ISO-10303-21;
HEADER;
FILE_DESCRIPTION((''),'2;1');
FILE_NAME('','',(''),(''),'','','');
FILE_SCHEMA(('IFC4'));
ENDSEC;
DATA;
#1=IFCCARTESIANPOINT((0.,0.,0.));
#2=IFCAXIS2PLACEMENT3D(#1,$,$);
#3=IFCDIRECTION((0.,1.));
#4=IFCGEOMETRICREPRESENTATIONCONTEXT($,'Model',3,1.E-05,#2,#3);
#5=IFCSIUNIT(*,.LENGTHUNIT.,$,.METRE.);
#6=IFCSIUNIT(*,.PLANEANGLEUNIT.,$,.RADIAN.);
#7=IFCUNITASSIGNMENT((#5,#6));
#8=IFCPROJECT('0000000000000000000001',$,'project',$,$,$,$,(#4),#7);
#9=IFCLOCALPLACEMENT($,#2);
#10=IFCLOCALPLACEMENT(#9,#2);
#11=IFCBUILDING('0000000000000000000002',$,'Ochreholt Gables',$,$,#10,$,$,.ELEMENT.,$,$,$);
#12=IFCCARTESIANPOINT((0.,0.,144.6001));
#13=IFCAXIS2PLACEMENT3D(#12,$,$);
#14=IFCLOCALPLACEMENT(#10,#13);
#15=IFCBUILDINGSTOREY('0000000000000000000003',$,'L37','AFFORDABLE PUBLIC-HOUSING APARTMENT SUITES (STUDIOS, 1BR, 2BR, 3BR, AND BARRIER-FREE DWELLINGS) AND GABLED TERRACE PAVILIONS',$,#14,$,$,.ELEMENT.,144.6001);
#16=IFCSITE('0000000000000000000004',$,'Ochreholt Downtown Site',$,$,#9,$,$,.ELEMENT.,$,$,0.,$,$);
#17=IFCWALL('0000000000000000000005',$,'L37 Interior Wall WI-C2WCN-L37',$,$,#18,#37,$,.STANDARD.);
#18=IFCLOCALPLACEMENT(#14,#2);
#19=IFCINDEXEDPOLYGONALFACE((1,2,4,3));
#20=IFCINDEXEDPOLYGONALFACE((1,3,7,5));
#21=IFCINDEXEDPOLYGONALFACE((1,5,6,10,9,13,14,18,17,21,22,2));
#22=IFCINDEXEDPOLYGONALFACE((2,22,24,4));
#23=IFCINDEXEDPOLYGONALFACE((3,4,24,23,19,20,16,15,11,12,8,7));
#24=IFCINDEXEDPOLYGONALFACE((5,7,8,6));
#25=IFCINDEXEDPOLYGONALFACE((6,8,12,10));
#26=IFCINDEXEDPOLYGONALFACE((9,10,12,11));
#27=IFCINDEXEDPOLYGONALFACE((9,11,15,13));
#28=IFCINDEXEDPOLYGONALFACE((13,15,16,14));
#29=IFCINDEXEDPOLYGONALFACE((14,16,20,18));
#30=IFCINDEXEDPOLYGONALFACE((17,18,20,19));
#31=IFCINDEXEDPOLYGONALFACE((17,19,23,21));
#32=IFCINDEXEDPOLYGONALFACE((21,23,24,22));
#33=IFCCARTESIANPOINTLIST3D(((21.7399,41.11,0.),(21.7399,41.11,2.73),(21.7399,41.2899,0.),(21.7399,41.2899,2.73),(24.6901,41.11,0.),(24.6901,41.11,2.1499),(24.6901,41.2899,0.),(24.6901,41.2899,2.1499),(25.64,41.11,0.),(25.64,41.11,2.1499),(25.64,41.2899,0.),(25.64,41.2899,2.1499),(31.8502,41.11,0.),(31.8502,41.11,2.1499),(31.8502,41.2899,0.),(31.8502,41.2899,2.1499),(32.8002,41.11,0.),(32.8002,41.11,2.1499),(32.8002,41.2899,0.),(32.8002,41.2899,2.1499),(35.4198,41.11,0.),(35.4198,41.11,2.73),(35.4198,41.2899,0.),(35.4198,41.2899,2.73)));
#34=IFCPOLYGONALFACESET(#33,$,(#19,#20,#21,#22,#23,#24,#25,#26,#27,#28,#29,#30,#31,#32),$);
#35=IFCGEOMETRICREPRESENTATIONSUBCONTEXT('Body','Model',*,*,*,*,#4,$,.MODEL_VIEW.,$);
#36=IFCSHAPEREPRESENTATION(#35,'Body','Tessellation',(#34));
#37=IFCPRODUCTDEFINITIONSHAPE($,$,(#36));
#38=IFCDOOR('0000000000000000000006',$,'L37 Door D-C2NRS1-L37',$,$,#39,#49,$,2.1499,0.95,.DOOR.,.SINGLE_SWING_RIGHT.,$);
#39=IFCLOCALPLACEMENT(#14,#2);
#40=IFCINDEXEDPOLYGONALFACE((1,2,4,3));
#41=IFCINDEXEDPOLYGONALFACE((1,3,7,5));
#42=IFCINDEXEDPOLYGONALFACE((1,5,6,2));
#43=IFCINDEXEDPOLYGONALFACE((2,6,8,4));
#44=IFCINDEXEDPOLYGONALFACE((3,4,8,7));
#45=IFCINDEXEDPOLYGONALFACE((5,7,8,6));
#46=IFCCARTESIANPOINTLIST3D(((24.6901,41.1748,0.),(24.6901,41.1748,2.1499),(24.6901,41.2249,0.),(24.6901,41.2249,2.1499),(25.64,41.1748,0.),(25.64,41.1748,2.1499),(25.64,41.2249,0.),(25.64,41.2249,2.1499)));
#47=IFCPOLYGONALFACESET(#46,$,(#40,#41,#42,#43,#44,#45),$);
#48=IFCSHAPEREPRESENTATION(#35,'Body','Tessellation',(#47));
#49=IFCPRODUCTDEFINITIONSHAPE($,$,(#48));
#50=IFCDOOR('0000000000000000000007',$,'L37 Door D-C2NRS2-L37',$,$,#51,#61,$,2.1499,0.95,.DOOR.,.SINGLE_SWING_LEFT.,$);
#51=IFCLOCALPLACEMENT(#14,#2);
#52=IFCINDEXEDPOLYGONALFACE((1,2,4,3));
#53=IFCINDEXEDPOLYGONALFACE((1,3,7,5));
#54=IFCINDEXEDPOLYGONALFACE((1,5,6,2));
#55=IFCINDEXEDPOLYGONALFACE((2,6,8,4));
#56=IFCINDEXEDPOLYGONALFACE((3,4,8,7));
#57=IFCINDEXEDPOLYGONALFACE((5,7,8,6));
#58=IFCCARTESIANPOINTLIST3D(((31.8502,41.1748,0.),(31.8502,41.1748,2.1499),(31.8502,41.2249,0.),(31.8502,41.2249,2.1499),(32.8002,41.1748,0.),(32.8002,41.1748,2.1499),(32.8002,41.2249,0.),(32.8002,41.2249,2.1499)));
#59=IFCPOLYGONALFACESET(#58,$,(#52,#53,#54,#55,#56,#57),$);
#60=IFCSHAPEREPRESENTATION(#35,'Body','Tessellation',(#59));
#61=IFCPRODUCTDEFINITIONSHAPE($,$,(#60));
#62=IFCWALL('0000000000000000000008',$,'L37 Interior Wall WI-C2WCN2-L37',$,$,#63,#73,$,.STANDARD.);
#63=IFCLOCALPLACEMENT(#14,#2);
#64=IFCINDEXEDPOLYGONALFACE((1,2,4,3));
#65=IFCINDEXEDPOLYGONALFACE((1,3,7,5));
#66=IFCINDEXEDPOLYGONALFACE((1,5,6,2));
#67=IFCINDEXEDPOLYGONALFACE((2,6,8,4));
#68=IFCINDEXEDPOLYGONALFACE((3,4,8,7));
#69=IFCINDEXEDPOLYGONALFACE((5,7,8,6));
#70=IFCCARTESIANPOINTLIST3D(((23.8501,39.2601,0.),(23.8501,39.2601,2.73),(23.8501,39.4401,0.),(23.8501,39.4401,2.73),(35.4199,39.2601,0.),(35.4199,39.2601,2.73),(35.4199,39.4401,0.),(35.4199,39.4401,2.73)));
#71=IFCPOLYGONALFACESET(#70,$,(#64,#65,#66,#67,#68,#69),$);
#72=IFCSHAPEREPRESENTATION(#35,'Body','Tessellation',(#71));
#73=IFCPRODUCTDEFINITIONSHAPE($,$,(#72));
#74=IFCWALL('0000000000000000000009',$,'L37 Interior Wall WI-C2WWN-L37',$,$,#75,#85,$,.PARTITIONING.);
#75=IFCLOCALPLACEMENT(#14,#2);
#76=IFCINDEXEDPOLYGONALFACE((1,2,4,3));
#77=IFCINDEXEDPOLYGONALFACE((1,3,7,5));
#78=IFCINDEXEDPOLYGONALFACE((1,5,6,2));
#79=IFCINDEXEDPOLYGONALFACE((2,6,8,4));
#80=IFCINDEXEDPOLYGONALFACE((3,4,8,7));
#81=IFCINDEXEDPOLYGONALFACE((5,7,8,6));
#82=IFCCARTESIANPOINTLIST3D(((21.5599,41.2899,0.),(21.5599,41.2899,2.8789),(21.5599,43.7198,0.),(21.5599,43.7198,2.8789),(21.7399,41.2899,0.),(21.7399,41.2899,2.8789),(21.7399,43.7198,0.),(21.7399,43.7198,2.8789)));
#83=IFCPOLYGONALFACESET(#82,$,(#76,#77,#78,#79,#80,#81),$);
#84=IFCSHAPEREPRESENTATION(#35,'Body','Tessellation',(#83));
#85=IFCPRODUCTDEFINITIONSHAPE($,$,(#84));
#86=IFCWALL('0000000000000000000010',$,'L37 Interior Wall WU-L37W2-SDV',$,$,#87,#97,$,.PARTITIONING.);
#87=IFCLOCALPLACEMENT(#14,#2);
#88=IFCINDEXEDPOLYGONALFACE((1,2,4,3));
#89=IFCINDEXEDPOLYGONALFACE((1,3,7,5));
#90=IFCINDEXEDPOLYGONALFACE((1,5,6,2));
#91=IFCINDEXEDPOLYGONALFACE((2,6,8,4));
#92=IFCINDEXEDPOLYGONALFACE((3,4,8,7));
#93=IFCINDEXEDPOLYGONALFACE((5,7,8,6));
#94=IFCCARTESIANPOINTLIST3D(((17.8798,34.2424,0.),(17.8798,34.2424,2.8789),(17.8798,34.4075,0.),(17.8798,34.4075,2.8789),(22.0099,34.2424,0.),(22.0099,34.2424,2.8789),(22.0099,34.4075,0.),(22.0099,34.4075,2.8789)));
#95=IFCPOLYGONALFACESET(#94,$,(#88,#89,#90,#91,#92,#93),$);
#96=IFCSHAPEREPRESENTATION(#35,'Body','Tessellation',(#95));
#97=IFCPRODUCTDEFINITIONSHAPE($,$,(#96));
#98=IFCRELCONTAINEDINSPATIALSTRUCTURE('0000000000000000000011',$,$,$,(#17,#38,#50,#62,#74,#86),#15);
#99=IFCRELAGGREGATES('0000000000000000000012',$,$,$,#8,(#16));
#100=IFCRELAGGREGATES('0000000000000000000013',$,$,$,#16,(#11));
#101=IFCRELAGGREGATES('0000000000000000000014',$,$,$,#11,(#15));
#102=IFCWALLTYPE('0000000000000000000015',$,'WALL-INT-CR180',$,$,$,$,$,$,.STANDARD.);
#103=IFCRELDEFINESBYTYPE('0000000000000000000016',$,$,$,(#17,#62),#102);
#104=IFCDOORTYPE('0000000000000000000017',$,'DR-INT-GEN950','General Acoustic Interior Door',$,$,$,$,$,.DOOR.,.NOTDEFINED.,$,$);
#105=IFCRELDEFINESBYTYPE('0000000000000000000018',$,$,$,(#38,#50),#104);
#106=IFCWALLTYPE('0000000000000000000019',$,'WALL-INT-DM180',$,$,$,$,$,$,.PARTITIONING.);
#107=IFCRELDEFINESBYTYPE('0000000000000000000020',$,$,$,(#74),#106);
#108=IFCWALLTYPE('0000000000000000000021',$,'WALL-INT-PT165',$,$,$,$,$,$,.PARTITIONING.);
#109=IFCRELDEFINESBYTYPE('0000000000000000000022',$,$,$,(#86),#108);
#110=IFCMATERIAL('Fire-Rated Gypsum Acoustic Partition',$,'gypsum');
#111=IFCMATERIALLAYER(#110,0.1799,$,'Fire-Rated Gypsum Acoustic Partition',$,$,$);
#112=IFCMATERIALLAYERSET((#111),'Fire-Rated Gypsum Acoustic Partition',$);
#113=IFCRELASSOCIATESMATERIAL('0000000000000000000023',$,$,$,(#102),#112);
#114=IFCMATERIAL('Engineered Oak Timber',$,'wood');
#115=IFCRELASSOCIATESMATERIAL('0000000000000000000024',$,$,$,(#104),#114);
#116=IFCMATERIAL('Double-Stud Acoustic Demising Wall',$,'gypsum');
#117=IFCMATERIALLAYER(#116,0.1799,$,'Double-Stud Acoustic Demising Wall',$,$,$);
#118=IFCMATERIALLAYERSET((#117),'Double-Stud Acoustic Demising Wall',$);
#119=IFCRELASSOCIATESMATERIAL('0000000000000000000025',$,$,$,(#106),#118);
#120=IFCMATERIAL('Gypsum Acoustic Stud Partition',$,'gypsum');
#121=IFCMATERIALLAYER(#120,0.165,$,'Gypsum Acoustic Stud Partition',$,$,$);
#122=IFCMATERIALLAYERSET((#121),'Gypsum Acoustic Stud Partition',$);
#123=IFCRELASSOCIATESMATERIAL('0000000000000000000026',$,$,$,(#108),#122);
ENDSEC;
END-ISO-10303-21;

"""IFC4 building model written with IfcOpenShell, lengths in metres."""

from ifc_helpers import new_model, si_unit, direction, frame, frame_2d, origin, place, context, subcontext, project, spatial, rectangle, extrude, material, layer, layer_set, type_object, element, fill, save


model = new_model("IFC4")

# Units and contexts
model_context = context("Model", 3, precision=1e-05, world=origin(), true_north=direction((0.0, 1.0)))
body_context = subcontext(model_context, "Body", "Model", "MODEL_VIEW")
ifc_project = project(units=[si_unit("LENGTHUNIT", "METRE"), si_unit("PLANEANGLEUNIT", "RADIAN")], contexts=[model_context])

# Site, building, storey
site_placement = place(None, origin())
site = spatial("IfcSite", under=ifc_project, at=site_placement, Name="Ochreholt Downtown Site", CompositionType="ELEMENT", RefElevation=0.0)
building_placement = place(site_placement, origin())
building = spatial("IfcBuilding", under=site, at=building_placement, Name="Ochreholt Gables", CompositionType="ELEMENT")
storey_placement = place(building_placement, frame((0.0, 0.0, 144.6001)))
storey = spatial("IfcBuildingStorey", under=building, at=storey_placement, Name="L37", Description="AFFORDABLE PUBLIC-HOUSING APARTMENT SUITES (STUDIOS, 1BR, 2BR, 3BR, AND BARRIER-FREE DWELLINGS) AND GABLED TERRACE PAVILIONS", CompositionType="ELEMENT", Elevation=144.6001)

# Wall, openings, doors
ifc_material_1 = material(Name="Fire-Rated Gypsum Acoustic Partition", Category="gypsum")
ifc_layer_1 = layer(ifc_material_1, 0.1799, Name="Fire-Rated Gypsum Acoustic Partition")
ifc_layer_set_1 = layer_set([ifc_layer_1], Name="Fire-Rated Gypsum Acoustic Partition")
wall_type_1 = type_object("IfcWallType", Name="WALL-INT-CR180", PredefinedType="STANDARD", material=ifc_layer_set_1)
wall_1_placement = place(storey_placement, frame((21.74, 41.2, 0.0), z_axis=(0.0, 0.0, 1.0), x_axis=(1.0, 0.0, 0.0)))
wall_1 = element("IfcWall", 1, at=wall_1_placement, inside=storey, type_object=wall_type_1, Name="L37 Interior Wall WI-C2WCN-L37", PredefinedType="STANDARD", context=body_context, shape_type="SweptSolid", body=[
    extrude(rectangle(XDim=13.6799, YDim=0.1799, at=frame_2d((6.8398, 0.0))), origin(), (0.0, 0.0, 1.0), 2.73),
])
opening_1_placement = place(wall_1_placement, frame((2.95, 0.0, 0.0)))
opening_1 = element("IfcOpeningElement", 2, at=opening_1_placement, cuts=wall_1, PredefinedType="OPENING", context=body_context, shape_type="SweptSolid", body=[
    extrude(rectangle(XDim=0.95, YDim=2.1499, at=frame_2d((0.4751, 1.075))), frame((0.0, 0.0999, 0.0), z_axis=(0.0, -1.0, 0.0), x_axis=(1.0, 0.0, 0.0)), (0.0, 0.0, 1.0), 0.2),
])
opening_2_placement = place(wall_1_placement, frame((10.1101, 0.0, 0.0)))
opening_2 = element("IfcOpeningElement", 3, at=opening_2_placement, cuts=wall_1, PredefinedType="OPENING", context=body_context, shape_type="SweptSolid", body=[
    extrude(rectangle(XDim=0.95, YDim=2.1499, at=frame_2d((0.4751, 1.075))), frame((0.0, 0.0999, 0.0), z_axis=(0.0, -1.0, 0.0), x_axis=(1.0, 0.0, 0.0)), (0.0, 0.0, 1.0), 0.2),
])
ifc_material_2 = material(Name="Engineered Oak Timber", Category="wood")
door_type = type_object("IfcDoorType", Name="DR-INT-GEN950", Description="General Acoustic Interior Door", OperationType="NOTDEFINED", PredefinedType="DOOR", material=ifc_material_2)
door_1_placement = place(opening_1_placement, origin())
door_1 = element("IfcDoor", 4, at=door_1_placement, inside=storey, type_object=door_type, Name="L37 Door D-C2NRS1-L37", OperationType="SINGLE_SWING_RIGHT", OverallHeight=2.1499, OverallWidth=0.95, PredefinedType="DOOR", context=body_context, shape_type="SweptSolid", body=[
    extrude(rectangle(XDim=0.95, YDim=2.1499, at=frame_2d((0.4751, 1.075))), frame((0.0, 0.0249, 0.0), z_axis=(0.0, -1.0, 0.0), x_axis=(1.0, 0.0, 0.0)), (0.0, 0.0, 1.0), 0.05),
])
fill(opening_1, door_1)
door_2_placement = place(opening_2_placement, origin())
door_2 = element("IfcDoor", 5, at=door_2_placement, inside=storey, type_object=door_type, Name="L37 Door D-C2NRS2-L37", OperationType="SINGLE_SWING_LEFT", OverallHeight=2.1499, OverallWidth=0.95, PredefinedType="DOOR", context=body_context, shape_type="SweptSolid", body=[
    extrude(rectangle(XDim=0.95, YDim=2.1499, at=frame_2d((0.4751, 1.075))), frame((0.0, 0.0249, 0.0), z_axis=(0.0, -1.0, 0.0), x_axis=(1.0, 0.0, 0.0)), (0.0, 0.0, 1.0), 0.05),
])
fill(opening_2, door_2)

# Walls
wall_2_placement = place(storey_placement, frame((23.8501, 39.3501, 0.0), z_axis=(0.0, 0.0, 1.0), x_axis=(1.0, 0.0, 0.0)))
element("IfcWall", 6, at=wall_2_placement, inside=storey, type_object=wall_type_1, Name="L37 Interior Wall WI-C2WCN2-L37", PredefinedType="STANDARD", context=body_context, shape_type="SweptSolid", body=[
    extrude(rectangle(XDim=11.5698, YDim=0.1799, at=frame_2d((5.7849, 0.0))), origin(), (0.0, 0.0, 1.0), 2.73),
])
ifc_material_3 = material(Name="Double-Stud Acoustic Demising Wall", Category="gypsum")
ifc_layer_2 = layer(ifc_material_3, 0.1799, Name="Double-Stud Acoustic Demising Wall")
ifc_layer_set_2 = layer_set([ifc_layer_2], Name="Double-Stud Acoustic Demising Wall")
wall_type_2 = type_object("IfcWallType", Name="WALL-INT-DM180", PredefinedType="PARTITIONING", material=ifc_layer_set_2)
wall_3_placement = place(storey_placement, frame((21.6499, 41.29, 0.0), z_axis=(0.0, 0.0, 1.0), x_axis=(0.0, 1.0, 0.0)))
element("IfcWall", 7, at=wall_3_placement, inside=storey, type_object=wall_type_2, Name="L37 Interior Wall WI-C2WWN-L37", PredefinedType="PARTITIONING", context=body_context, shape_type="SweptSolid", body=[
    extrude(rectangle(XDim=2.4299, YDim=0.1799, at=frame_2d((1.2148, 0.0))), origin(), (0.0, 0.0, 1.0), 2.8789),
])
ifc_material_4 = material(Name="Gypsum Acoustic Stud Partition", Category="gypsum")
ifc_layer_3 = layer(ifc_material_4, 0.165, Name="Gypsum Acoustic Stud Partition")
ifc_layer_set_3 = layer_set([ifc_layer_3], Name="Gypsum Acoustic Stud Partition")
wall_type_3 = type_object("IfcWallType", Name="WALL-INT-PT165", PredefinedType="PARTITIONING", material=ifc_layer_set_3)
wall_4_placement = place(storey_placement, frame((17.8799, 34.325, 0.0), z_axis=(0.0, 0.0, 1.0), x_axis=(1.0, 0.0, 0.0)))
element("IfcWall", 8, at=wall_4_placement, inside=storey, type_object=wall_type_3, Name="L37 Interior Wall WU-L37W2-SDV", PredefinedType="PARTITIONING", context=body_context, shape_type="SweptSolid", body=[
    extrude(rectangle(XDim=4.1301, YDim=0.165, at=frame_2d((2.0649, 0.0))), origin(), (0.0, 0.0, 1.0), 2.8789),
])

save(model, "model.ifc")
